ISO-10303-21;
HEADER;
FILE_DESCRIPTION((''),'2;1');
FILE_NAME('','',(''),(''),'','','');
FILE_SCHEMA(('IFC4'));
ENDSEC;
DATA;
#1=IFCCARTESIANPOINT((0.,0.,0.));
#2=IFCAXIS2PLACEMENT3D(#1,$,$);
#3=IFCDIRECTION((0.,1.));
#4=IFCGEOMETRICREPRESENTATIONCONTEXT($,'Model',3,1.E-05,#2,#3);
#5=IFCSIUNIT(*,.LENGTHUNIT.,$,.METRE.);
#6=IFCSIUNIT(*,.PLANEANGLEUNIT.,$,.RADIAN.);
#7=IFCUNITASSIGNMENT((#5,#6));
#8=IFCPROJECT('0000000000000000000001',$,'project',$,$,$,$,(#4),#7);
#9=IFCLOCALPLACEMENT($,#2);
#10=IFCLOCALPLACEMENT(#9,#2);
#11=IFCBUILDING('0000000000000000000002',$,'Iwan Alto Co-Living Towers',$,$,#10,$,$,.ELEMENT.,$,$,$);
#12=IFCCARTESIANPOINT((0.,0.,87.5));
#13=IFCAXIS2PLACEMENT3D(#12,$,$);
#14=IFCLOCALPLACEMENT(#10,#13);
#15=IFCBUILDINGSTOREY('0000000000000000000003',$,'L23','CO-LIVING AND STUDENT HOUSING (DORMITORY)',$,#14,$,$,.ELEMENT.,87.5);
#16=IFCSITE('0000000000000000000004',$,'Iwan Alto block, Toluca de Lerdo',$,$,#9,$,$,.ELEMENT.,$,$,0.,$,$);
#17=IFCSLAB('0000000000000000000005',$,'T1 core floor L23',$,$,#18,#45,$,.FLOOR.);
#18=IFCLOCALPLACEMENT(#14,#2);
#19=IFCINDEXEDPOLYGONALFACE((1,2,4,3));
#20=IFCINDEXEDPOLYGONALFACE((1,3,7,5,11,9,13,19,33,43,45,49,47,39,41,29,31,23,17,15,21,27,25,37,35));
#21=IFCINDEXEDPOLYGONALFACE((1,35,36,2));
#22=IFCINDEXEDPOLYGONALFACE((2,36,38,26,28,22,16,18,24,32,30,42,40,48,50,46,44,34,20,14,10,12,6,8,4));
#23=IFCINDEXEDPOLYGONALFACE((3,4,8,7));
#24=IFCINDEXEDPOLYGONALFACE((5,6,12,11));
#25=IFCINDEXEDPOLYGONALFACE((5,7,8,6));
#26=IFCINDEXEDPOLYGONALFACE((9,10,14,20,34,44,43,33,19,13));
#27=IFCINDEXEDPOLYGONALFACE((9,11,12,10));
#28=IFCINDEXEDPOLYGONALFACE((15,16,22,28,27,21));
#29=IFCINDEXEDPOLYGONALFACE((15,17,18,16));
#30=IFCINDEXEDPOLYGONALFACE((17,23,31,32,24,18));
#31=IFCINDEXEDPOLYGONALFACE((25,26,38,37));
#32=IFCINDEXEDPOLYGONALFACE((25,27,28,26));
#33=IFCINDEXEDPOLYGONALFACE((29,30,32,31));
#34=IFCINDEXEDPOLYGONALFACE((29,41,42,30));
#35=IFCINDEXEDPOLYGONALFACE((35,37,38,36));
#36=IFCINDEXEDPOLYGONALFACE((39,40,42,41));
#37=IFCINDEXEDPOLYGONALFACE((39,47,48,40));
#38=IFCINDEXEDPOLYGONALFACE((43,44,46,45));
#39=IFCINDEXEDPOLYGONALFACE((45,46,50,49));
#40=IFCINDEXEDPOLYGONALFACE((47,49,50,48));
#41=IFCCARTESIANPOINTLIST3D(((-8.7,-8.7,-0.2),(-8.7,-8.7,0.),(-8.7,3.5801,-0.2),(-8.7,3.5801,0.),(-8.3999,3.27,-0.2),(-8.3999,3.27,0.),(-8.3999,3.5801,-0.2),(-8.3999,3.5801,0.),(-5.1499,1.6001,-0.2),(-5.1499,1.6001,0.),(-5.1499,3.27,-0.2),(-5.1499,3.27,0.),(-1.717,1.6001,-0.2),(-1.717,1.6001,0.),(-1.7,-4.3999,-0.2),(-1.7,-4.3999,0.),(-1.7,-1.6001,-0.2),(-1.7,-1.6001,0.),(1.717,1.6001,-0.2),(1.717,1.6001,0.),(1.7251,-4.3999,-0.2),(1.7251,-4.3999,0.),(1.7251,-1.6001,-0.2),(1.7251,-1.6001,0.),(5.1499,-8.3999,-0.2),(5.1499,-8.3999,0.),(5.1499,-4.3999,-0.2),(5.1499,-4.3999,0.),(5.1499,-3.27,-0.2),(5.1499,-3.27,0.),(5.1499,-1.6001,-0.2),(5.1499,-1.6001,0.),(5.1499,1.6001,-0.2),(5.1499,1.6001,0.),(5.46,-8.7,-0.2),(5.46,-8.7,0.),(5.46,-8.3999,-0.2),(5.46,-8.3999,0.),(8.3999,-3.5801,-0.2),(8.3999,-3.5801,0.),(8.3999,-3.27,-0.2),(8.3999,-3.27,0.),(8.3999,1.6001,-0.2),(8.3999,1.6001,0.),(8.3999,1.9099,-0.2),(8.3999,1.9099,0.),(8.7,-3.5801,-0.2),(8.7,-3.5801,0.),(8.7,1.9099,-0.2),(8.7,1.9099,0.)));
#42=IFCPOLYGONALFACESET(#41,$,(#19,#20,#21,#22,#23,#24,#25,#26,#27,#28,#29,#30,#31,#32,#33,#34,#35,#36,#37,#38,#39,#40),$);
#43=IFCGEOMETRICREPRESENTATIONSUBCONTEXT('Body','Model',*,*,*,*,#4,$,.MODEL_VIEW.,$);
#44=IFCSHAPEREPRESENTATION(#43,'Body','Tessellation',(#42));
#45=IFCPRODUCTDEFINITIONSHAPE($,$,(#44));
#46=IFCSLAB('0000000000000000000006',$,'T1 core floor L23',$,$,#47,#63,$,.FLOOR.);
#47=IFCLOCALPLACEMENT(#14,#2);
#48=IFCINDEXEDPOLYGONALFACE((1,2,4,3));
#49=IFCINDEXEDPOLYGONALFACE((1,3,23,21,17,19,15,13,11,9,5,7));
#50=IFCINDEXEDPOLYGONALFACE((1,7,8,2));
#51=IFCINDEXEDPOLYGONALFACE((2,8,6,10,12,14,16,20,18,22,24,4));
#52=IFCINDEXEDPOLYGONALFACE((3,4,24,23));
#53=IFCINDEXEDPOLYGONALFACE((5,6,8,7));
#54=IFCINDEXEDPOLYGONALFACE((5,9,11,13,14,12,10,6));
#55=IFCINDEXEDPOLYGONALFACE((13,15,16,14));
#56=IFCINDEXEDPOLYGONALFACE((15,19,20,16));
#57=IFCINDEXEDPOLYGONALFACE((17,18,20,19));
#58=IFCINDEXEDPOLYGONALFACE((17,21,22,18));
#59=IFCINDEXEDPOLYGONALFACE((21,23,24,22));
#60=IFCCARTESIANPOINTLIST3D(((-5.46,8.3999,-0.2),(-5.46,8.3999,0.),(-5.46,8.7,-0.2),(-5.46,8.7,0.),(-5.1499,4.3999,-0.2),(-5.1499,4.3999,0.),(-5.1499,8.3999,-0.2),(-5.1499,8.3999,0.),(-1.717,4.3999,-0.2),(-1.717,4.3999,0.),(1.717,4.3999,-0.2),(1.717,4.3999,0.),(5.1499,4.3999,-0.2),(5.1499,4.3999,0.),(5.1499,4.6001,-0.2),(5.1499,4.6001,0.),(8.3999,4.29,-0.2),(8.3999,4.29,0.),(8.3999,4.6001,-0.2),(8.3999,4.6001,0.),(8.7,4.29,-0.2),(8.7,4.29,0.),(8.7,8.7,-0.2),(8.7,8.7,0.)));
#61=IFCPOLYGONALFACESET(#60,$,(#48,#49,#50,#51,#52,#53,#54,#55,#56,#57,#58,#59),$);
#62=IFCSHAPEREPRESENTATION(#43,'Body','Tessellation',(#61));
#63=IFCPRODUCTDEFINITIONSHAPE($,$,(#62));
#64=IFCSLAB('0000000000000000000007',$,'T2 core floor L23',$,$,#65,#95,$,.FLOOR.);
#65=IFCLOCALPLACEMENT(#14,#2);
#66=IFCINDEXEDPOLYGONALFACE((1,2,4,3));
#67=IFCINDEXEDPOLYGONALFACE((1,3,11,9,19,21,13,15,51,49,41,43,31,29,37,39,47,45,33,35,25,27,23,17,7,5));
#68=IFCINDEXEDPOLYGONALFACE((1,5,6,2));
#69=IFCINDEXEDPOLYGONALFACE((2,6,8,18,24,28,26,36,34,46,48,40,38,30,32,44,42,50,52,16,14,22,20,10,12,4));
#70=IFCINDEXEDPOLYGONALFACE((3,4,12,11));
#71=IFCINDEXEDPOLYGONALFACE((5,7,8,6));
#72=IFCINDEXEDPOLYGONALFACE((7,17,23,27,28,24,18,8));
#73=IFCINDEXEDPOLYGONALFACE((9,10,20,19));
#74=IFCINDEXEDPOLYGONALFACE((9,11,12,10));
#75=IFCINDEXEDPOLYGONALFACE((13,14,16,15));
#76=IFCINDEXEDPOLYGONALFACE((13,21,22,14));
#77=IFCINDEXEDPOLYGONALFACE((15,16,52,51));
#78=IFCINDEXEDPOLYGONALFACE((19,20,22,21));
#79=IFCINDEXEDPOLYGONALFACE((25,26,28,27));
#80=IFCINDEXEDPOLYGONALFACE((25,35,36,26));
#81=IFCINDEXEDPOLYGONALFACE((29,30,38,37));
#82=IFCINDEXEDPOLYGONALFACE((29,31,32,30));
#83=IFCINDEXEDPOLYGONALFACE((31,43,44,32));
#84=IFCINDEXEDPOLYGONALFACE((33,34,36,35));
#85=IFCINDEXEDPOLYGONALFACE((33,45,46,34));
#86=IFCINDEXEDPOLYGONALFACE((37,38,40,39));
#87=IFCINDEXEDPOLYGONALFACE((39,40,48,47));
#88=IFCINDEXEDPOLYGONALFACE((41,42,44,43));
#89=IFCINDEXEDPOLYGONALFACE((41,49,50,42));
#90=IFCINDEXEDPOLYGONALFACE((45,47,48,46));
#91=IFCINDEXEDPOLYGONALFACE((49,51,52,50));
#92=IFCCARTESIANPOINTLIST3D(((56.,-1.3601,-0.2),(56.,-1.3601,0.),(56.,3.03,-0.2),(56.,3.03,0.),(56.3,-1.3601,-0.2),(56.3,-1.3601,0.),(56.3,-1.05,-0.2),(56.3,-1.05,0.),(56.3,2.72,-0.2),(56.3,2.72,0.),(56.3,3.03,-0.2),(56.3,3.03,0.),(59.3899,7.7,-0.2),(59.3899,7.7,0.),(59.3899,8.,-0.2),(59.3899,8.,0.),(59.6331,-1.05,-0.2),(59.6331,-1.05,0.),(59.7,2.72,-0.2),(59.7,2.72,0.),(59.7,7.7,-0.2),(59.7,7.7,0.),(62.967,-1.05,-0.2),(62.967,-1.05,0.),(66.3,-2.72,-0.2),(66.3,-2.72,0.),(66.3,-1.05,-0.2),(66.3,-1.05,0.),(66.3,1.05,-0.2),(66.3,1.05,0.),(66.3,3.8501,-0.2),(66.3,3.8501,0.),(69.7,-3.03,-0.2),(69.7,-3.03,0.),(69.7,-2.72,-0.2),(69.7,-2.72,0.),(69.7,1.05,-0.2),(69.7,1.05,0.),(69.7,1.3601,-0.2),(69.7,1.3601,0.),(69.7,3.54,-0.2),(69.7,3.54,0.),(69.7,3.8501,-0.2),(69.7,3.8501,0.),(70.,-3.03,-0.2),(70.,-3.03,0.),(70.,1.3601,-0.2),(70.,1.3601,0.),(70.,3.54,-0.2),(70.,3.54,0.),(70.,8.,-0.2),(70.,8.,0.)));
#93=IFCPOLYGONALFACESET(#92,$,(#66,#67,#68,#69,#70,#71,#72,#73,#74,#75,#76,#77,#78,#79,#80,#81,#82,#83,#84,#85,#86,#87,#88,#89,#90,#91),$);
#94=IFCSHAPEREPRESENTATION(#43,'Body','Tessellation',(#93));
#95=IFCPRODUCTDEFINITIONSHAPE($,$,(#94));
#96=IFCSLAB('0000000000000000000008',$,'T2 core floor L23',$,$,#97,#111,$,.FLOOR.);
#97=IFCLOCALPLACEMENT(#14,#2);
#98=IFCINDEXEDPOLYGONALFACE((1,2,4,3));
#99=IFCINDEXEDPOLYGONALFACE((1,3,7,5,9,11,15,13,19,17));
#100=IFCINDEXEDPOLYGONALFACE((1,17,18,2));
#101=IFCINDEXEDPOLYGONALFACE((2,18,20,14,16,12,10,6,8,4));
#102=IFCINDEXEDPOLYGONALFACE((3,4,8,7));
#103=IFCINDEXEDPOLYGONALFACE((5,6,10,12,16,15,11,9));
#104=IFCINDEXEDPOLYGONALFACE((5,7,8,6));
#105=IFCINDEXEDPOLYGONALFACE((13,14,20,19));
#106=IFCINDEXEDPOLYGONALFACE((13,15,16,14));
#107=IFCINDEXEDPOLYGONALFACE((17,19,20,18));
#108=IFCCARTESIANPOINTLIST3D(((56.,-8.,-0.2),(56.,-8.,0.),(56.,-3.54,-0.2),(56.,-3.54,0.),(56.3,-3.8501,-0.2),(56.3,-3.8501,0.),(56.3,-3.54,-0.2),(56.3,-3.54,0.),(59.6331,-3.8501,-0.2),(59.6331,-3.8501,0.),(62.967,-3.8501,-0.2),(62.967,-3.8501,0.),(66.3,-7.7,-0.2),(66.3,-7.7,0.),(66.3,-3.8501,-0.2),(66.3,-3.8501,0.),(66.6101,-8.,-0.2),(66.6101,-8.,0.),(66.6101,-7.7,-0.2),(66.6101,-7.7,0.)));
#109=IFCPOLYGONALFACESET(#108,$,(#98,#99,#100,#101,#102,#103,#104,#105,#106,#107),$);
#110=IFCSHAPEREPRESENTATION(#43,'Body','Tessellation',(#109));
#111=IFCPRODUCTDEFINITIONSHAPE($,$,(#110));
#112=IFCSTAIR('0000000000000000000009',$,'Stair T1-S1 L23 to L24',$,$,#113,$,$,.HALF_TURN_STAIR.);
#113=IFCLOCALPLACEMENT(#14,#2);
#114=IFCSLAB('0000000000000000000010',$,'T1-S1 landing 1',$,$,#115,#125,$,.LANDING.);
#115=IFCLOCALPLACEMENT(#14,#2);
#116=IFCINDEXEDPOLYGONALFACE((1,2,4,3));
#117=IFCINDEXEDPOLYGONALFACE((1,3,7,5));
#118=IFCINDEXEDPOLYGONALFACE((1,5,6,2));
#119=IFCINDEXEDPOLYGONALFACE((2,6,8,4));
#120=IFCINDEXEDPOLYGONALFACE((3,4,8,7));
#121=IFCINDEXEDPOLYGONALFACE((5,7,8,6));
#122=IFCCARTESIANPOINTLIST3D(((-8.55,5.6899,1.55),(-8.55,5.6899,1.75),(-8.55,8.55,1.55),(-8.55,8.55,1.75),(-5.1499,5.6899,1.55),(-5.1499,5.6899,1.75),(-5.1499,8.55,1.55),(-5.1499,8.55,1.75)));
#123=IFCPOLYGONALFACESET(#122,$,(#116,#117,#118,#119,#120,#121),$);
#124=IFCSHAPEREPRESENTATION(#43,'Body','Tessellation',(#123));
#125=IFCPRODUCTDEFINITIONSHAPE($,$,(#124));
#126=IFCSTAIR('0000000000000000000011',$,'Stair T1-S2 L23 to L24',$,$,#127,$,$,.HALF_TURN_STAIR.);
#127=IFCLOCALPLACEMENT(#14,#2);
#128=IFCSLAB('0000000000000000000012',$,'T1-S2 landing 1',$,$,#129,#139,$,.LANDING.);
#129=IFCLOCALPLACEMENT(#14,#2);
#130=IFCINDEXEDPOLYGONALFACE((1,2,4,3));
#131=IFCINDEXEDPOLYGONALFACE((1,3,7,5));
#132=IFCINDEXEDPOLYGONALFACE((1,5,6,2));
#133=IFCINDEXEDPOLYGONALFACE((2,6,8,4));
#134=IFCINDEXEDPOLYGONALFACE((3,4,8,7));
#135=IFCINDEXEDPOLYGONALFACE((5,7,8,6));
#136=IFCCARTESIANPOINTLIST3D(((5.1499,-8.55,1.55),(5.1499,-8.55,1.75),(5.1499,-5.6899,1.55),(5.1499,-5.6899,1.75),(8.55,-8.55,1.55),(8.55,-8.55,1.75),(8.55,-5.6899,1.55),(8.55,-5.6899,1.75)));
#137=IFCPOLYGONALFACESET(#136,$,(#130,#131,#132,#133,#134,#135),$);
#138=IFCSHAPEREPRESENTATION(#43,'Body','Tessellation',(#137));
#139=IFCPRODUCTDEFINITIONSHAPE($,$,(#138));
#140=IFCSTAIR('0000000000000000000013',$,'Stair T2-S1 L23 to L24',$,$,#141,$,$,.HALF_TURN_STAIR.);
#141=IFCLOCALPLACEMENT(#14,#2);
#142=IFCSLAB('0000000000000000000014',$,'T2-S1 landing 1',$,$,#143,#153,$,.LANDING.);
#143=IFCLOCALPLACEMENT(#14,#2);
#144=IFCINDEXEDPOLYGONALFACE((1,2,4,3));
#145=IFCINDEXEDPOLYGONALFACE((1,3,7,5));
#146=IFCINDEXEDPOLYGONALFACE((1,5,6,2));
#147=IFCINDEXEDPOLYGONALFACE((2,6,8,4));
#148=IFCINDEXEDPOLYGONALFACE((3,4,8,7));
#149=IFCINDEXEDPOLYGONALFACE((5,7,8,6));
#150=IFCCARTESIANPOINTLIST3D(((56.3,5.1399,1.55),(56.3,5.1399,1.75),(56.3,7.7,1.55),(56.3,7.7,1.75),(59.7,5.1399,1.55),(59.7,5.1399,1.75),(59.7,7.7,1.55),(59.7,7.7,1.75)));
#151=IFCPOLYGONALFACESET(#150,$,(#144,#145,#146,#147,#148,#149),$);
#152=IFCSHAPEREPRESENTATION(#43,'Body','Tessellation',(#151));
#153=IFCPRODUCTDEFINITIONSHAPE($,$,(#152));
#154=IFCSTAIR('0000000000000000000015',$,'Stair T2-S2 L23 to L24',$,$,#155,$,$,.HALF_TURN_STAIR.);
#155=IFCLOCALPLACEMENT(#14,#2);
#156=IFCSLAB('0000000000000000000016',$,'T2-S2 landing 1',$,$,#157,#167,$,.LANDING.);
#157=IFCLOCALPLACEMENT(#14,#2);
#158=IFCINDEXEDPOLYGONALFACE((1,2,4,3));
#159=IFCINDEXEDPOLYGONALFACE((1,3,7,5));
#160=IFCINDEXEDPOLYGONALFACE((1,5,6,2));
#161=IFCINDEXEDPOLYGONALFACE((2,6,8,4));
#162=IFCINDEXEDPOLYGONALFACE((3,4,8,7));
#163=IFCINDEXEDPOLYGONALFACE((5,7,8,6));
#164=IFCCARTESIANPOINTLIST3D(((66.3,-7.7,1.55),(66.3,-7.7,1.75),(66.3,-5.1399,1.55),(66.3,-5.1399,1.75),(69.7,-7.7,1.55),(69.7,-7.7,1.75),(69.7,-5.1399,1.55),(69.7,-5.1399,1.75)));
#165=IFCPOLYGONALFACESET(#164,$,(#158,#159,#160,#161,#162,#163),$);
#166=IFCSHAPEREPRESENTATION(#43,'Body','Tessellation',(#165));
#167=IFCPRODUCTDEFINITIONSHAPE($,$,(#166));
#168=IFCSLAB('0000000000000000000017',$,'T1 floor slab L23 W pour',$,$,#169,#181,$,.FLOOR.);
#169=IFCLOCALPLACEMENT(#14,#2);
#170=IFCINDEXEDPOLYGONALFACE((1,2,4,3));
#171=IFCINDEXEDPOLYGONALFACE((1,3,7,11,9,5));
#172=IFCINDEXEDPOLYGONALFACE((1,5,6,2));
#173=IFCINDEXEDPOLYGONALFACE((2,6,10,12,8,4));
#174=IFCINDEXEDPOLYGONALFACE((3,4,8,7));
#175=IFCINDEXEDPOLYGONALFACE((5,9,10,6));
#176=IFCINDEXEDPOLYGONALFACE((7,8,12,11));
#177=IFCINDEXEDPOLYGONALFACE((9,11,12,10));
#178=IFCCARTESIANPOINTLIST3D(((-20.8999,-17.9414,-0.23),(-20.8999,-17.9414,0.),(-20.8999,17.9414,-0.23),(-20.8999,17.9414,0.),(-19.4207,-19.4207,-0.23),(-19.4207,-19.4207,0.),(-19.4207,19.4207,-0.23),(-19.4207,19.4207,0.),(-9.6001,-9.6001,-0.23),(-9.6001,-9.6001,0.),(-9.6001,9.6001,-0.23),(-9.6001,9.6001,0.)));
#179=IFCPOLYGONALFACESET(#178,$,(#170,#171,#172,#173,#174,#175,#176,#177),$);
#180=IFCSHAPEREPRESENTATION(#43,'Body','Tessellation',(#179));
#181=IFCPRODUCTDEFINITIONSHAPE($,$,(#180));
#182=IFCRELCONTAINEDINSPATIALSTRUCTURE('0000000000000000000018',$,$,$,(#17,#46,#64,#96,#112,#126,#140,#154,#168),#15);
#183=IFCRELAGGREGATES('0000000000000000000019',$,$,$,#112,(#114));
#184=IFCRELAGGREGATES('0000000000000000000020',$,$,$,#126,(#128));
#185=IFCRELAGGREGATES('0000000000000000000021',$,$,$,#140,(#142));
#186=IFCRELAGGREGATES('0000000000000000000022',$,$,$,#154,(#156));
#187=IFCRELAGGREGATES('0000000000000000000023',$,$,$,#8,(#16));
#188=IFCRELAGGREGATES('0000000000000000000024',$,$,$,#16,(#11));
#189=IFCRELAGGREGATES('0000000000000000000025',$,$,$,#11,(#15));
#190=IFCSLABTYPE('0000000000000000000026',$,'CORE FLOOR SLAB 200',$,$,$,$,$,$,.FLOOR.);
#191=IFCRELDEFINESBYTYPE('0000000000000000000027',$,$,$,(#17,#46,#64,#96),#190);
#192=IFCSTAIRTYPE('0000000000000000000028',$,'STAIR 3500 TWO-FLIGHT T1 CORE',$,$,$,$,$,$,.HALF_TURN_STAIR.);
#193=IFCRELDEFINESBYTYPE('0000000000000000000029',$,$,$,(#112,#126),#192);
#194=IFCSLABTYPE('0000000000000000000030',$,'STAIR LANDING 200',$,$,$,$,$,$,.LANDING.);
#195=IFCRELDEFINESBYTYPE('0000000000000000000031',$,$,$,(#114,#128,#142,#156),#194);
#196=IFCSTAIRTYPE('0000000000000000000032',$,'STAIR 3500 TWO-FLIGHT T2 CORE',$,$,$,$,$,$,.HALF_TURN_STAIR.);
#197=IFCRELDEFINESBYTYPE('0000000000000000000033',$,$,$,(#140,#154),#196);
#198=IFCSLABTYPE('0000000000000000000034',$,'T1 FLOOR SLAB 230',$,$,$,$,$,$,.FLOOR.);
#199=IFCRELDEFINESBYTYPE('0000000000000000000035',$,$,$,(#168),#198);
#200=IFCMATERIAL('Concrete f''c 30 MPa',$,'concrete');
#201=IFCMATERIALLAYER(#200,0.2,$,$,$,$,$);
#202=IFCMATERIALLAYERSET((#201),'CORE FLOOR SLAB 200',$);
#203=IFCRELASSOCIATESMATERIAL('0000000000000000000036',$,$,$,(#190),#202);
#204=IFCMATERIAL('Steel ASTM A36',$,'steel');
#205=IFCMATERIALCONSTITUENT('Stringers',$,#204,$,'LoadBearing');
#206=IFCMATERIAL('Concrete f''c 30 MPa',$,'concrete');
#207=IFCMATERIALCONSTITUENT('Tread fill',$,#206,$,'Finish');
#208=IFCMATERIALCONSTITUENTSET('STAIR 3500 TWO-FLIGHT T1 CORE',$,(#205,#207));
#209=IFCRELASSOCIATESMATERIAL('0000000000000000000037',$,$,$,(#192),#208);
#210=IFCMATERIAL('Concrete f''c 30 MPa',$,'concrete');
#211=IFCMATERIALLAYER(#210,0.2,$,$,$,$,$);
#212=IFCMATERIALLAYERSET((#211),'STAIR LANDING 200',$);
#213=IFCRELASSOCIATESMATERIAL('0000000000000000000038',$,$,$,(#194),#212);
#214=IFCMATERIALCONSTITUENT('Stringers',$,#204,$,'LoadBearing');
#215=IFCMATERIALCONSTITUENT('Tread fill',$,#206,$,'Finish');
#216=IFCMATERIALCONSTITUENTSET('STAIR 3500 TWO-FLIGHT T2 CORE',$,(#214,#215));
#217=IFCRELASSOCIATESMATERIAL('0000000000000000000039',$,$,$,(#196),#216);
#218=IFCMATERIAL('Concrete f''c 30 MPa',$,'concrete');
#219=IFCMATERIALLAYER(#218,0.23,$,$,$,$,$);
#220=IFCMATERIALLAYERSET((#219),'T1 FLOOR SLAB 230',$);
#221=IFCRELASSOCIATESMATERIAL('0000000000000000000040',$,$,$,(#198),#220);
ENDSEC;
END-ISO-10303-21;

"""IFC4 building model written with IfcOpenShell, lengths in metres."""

from ifc_helpers import new_model, si_unit, direction, frame, origin, place, context, subcontext, project, spatial, polyline, outline, extrude, material, layer, layer_set, constituent, constituent_set, type_object, element, aggregate, save


model = new_model("IFC4")

# Units and contexts
model_context = context("Model", 3, precision=1e-05, world=origin(), true_north=direction((0.0, 1.0)))
body_context = subcontext(model_context, "Body", "Model", "MODEL_VIEW")
ifc_project = project(units=[si_unit("LENGTHUNIT", "METRE"), si_unit("PLANEANGLEUNIT", "RADIAN")], contexts=[model_context])

# Site, building, storey
site_placement = place(None, origin())
site = spatial("IfcSite", under=ifc_project, at=site_placement, Name="Iwan Alto block, Toluca de Lerdo", CompositionType="ELEMENT", RefElevation=0.0)
building_placement = place(site_placement, origin())
building = spatial("IfcBuilding", under=site, at=building_placement, Name="Iwan Alto Co-Living Towers", CompositionType="ELEMENT")
storey_placement = place(building_placement, frame((0.0, 0.0, 87.5)))
storey = spatial("IfcBuildingStorey", under=building, at=storey_placement, Name="L23", Description="CO-LIVING AND STUDENT HOUSING (DORMITORY)", CompositionType="ELEMENT", Elevation=87.5)

# Slabs
ifc_material_1 = material(Name="Concrete f'c 30 MPa", Category="concrete")
ifc_layer_1 = layer(ifc_material_1, 0.2)
ifc_layer_set_1 = layer_set([ifc_layer_1], Name="CORE FLOOR SLAB 200")
slab_type_1 = type_object("IfcSlabType", Name="CORE FLOOR SLAB 200", PredefinedType="FLOOR", material=ifc_layer_set_1)
slab_1_placement = place(storey_placement, frame((0.0, 0.0, -0.2)))
element("IfcSlab", 1, at=slab_1_placement, inside=storey, type_object=slab_type_1, Name="T1 core floor L23", PredefinedType="FLOOR", context=body_context, shape_type="SweptSolid", body=[
    extrude(outline(polyline([(5.1499, -1.6001), (1.7251, -1.6001), (-1.7, -1.6001), (-1.7, -4.3999), (1.7251, -4.3999), (5.1499, -4.3999), (5.1499, -8.3999), (5.46, -8.3999), (5.46, -8.7), (-8.7, -8.7), (-8.7, 3.5801), (-8.3999, 3.5801), (-8.3999, 3.27), (-5.1499, 3.27), (-5.1499, 1.6001), (-1.717, 1.6001), (1.717, 1.6001), (5.1499, 1.6001), (8.3999, 1.6001), (8.3999, 1.9099), (8.7, 1.9099), (8.7, -3.5801), (8.3999, -3.5801), (8.3999, -3.27), (5.1499, -3.27), (5.1499, -1.6001)])), origin(), (0.0, 0.0, 1.0), 0.2),
])
slab_2_placement = place(storey_placement, frame((0.0, 0.0, -0.2)))
element("IfcSlab", 2, at=slab_2_placement, inside=storey, type_object=slab_type_1, Name="T1 core floor L23", PredefinedType="FLOOR", context=body_context, shape_type="SweptSolid", body=[
    extrude(outline(polyline([(1.717, 4.3999), (-1.717, 4.3999), (-5.1499, 4.3999), (-5.1499, 8.3999), (-5.46, 8.3999), (-5.46, 8.7), (8.7, 8.7), (8.7, 4.29), (8.3999, 4.29), (8.3999, 4.6001), (5.1499, 4.6001), (5.1499, 4.3999), (1.717, 4.3999)])), origin(), (0.0, 0.0, 1.0), 0.2),
])
slab_3_placement = place(storey_placement, frame((0.0, 0.0, -0.2)))
element("IfcSlab", 3, at=slab_3_placement, inside=storey, type_object=slab_type_1, Name="T2 core floor L23", PredefinedType="FLOOR", context=body_context, shape_type="SweptSolid", body=[
    extrude(outline(polyline([(70.0, -3.03), (69.7, -3.03), (69.7, -2.72), (66.3, -2.72), (66.3, -1.05), (62.967, -1.05), (59.6331, -1.05), (56.3, -1.05), (56.3, -1.3601), (56.0, -1.3601), (56.0, 3.03), (56.3, 3.03), (56.3, 2.72), (59.7, 2.72), (59.7, 7.7), (59.3899, 7.7), (59.3899, 8.0), (70.0, 8.0), (70.0, 3.54), (69.7, 3.54), (69.7, 3.8501), (66.3, 3.8501), (66.3, 1.05), (69.7, 1.05), (69.7, 1.3601), (70.0, 1.3601), (70.0, -3.03)])), origin(), (0.0, 0.0, 1.0), 0.2),
])
slab_4_placement = place(storey_placement, frame((0.0, 0.0, -0.2)))
element("IfcSlab", 4, at=slab_4_placement, inside=storey, type_object=slab_type_1, Name="T2 core floor L23", PredefinedType="FLOOR", context=body_context, shape_type="SweptSolid", body=[
    extrude(outline(polyline([(62.967, -3.8501), (66.3, -3.8501), (66.3, -7.7), (66.6101, -7.7), (66.6101, -8.0), (56.0, -8.0), (56.0, -3.54), (56.3, -3.54), (56.3, -3.8501), (59.6331, -3.8501), (62.967, -3.8501)])), origin(), (0.0, 0.0, 1.0), 0.2),
])

# Stairs, slabs
ifc_material_2 = material(Name="Steel ASTM A36", Category="steel")
ifc_constituent_1 = constituent(ifc_material_2, Name="Stringers", Category="LoadBearing")
ifc_material_3 = material(Name="Concrete f'c 30 MPa", Category="concrete")
ifc_constituent_2 = constituent(ifc_material_3, Name="Tread fill", Category="Finish")
ifc_constituent_set_1 = constituent_set(constituents=[ifc_constituent_1, ifc_constituent_2], Name="STAIR 3500 TWO-FLIGHT T1 CORE")
stair_type_1 = type_object("IfcStairType", Name="STAIR 3500 TWO-FLIGHT T1 CORE", PredefinedType="HALF_TURN_STAIR", material=ifc_constituent_set_1)
stair_1_placement = place(storey_placement, origin())
stair_1 = element("IfcStair", 5, at=stair_1_placement, inside=storey, type_object=stair_type_1, Name="Stair T1-S1 L23 to L24", PredefinedType="HALF_TURN_STAIR")
ifc_material_4 = material(Name="Concrete f'c 30 MPa", Category="concrete")
ifc_layer_2 = layer(ifc_material_4, 0.2)
ifc_layer_set_2 = layer_set([ifc_layer_2], Name="STAIR LANDING 200")
slab_type_2 = type_object("IfcSlabType", Name="STAIR LANDING 200", PredefinedType="LANDING", material=ifc_layer_set_2)
slab_5_placement = place(storey_placement, frame((0.0, 0.0, 1.55)))
slab_5 = element("IfcSlab", 6, at=slab_5_placement, type_object=slab_type_2, Name="T1-S1 landing 1", PredefinedType="LANDING", context=body_context, shape_type="SweptSolid", body=[
    extrude(outline(polyline([(-8.55, 5.6899), (-8.55, 8.55), (-5.1499, 8.55), (-5.1499, 5.6899), (-8.55, 5.6899)])), origin(), (0.0, 0.0, 1.0), 0.2),
])
aggregate(stair_1, [slab_5])
stair_2_placement = place(storey_placement, origin())
stair_2 = element("IfcStair", 7, at=stair_2_placement, inside=storey, type_object=stair_type_1, Name="Stair T1-S2 L23 to L24", PredefinedType="HALF_TURN_STAIR")
slab_6_placement = place(storey_placement, frame((0.0, 0.0, 1.55)))
slab_6 = element("IfcSlab", 8, at=slab_6_placement, type_object=slab_type_2, Name="T1-S2 landing 1", PredefinedType="LANDING", context=body_context, shape_type="SweptSolid", body=[
    extrude(outline(polyline([(5.1499, -5.6899), (5.1499, -8.55), (8.55, -8.55), (8.55, -5.6899), (5.1499, -5.6899)])), origin(), (0.0, 0.0, 1.0), 0.2),
])
aggregate(stair_2, [slab_6])
ifc_constituent_3 = constituent(ifc_material_2, Name="Stringers", Category="LoadBearing")
ifc_constituent_4 = constituent(ifc_material_3, Name="Tread fill", Category="Finish")
ifc_constituent_set_2 = constituent_set(constituents=[ifc_constituent_3, ifc_constituent_4], Name="STAIR 3500 TWO-FLIGHT T2 CORE")
stair_type_2 = type_object("IfcStairType", Name="STAIR 3500 TWO-FLIGHT T2 CORE", PredefinedType="HALF_TURN_STAIR", material=ifc_constituent_set_2)
stair_3_placement = place(storey_placement, origin())
stair_3 = element("IfcStair", 9, at=stair_3_placement, inside=storey, type_object=stair_type_2, Name="Stair T2-S1 L23 to L24", PredefinedType="HALF_TURN_STAIR")
slab_7_placement = place(storey_placement, frame((0.0, 0.0, 1.55)))
slab_7 = element("IfcSlab", 10, at=slab_7_placement, type_object=slab_type_2, Name="T2-S1 landing 1", PredefinedType="LANDING", context=body_context, shape_type="SweptSolid", body=[
    extrude(outline(polyline([(56.3, 5.1399), (56.3, 7.7), (59.7, 7.7), (59.7, 5.1399), (56.3, 5.1399)])), origin(), (0.0, 0.0, 1.0), 0.2),
])
aggregate(stair_3, [slab_7])
stair_4_placement = place(storey_placement, origin())
stair_4 = element("IfcStair", 11, at=stair_4_placement, inside=storey, type_object=stair_type_2, Name="Stair T2-S2 L23 to L24", PredefinedType="HALF_TURN_STAIR")
slab_8_placement = place(storey_placement, frame((0.0, 0.0, 1.55)))
slab_8 = element("IfcSlab", 12, at=slab_8_placement, type_object=slab_type_2, Name="T2-S2 landing 1", PredefinedType="LANDING", context=body_context, shape_type="SweptSolid", body=[
    extrude(outline(polyline([(66.3, -5.1399), (66.3, -7.7), (69.7, -7.7), (69.7, -5.1399), (66.3, -5.1399)])), origin(), (0.0, 0.0, 1.0), 0.2),
])
aggregate(stair_4, [slab_8])

# Slab
ifc_material_5 = material(Name="Concrete f'c 30 MPa", Category="concrete")
ifc_layer_3 = layer(ifc_material_5, 0.23)
ifc_layer_set_3 = layer_set([ifc_layer_3], Name="T1 FLOOR SLAB 230")
slab_type_3 = type_object("IfcSlabType", Name="T1 FLOOR SLAB 230", PredefinedType="FLOOR", material=ifc_layer_set_3)
slab_9_placement = place(storey_placement, frame((0.0, 0.0, -0.23)))
element("IfcSlab", 13, at=slab_9_placement, inside=storey, type_object=slab_type_3, Name="T1 floor slab L23 W pour", PredefinedType="FLOOR", context=body_context, shape_type="SweptSolid", body=[
    extrude(outline(polyline([(-20.8999, 17.9414), (-19.4207, 19.4207), (-9.6001, 9.6001), (-9.6001, -9.6001), (-19.4207, -19.4207), (-20.8999, -17.9414), (-20.8999, 17.9414)])), origin(), (0.0, 0.0, 1.0), 0.23),
])

save(model, "model.ifc")
